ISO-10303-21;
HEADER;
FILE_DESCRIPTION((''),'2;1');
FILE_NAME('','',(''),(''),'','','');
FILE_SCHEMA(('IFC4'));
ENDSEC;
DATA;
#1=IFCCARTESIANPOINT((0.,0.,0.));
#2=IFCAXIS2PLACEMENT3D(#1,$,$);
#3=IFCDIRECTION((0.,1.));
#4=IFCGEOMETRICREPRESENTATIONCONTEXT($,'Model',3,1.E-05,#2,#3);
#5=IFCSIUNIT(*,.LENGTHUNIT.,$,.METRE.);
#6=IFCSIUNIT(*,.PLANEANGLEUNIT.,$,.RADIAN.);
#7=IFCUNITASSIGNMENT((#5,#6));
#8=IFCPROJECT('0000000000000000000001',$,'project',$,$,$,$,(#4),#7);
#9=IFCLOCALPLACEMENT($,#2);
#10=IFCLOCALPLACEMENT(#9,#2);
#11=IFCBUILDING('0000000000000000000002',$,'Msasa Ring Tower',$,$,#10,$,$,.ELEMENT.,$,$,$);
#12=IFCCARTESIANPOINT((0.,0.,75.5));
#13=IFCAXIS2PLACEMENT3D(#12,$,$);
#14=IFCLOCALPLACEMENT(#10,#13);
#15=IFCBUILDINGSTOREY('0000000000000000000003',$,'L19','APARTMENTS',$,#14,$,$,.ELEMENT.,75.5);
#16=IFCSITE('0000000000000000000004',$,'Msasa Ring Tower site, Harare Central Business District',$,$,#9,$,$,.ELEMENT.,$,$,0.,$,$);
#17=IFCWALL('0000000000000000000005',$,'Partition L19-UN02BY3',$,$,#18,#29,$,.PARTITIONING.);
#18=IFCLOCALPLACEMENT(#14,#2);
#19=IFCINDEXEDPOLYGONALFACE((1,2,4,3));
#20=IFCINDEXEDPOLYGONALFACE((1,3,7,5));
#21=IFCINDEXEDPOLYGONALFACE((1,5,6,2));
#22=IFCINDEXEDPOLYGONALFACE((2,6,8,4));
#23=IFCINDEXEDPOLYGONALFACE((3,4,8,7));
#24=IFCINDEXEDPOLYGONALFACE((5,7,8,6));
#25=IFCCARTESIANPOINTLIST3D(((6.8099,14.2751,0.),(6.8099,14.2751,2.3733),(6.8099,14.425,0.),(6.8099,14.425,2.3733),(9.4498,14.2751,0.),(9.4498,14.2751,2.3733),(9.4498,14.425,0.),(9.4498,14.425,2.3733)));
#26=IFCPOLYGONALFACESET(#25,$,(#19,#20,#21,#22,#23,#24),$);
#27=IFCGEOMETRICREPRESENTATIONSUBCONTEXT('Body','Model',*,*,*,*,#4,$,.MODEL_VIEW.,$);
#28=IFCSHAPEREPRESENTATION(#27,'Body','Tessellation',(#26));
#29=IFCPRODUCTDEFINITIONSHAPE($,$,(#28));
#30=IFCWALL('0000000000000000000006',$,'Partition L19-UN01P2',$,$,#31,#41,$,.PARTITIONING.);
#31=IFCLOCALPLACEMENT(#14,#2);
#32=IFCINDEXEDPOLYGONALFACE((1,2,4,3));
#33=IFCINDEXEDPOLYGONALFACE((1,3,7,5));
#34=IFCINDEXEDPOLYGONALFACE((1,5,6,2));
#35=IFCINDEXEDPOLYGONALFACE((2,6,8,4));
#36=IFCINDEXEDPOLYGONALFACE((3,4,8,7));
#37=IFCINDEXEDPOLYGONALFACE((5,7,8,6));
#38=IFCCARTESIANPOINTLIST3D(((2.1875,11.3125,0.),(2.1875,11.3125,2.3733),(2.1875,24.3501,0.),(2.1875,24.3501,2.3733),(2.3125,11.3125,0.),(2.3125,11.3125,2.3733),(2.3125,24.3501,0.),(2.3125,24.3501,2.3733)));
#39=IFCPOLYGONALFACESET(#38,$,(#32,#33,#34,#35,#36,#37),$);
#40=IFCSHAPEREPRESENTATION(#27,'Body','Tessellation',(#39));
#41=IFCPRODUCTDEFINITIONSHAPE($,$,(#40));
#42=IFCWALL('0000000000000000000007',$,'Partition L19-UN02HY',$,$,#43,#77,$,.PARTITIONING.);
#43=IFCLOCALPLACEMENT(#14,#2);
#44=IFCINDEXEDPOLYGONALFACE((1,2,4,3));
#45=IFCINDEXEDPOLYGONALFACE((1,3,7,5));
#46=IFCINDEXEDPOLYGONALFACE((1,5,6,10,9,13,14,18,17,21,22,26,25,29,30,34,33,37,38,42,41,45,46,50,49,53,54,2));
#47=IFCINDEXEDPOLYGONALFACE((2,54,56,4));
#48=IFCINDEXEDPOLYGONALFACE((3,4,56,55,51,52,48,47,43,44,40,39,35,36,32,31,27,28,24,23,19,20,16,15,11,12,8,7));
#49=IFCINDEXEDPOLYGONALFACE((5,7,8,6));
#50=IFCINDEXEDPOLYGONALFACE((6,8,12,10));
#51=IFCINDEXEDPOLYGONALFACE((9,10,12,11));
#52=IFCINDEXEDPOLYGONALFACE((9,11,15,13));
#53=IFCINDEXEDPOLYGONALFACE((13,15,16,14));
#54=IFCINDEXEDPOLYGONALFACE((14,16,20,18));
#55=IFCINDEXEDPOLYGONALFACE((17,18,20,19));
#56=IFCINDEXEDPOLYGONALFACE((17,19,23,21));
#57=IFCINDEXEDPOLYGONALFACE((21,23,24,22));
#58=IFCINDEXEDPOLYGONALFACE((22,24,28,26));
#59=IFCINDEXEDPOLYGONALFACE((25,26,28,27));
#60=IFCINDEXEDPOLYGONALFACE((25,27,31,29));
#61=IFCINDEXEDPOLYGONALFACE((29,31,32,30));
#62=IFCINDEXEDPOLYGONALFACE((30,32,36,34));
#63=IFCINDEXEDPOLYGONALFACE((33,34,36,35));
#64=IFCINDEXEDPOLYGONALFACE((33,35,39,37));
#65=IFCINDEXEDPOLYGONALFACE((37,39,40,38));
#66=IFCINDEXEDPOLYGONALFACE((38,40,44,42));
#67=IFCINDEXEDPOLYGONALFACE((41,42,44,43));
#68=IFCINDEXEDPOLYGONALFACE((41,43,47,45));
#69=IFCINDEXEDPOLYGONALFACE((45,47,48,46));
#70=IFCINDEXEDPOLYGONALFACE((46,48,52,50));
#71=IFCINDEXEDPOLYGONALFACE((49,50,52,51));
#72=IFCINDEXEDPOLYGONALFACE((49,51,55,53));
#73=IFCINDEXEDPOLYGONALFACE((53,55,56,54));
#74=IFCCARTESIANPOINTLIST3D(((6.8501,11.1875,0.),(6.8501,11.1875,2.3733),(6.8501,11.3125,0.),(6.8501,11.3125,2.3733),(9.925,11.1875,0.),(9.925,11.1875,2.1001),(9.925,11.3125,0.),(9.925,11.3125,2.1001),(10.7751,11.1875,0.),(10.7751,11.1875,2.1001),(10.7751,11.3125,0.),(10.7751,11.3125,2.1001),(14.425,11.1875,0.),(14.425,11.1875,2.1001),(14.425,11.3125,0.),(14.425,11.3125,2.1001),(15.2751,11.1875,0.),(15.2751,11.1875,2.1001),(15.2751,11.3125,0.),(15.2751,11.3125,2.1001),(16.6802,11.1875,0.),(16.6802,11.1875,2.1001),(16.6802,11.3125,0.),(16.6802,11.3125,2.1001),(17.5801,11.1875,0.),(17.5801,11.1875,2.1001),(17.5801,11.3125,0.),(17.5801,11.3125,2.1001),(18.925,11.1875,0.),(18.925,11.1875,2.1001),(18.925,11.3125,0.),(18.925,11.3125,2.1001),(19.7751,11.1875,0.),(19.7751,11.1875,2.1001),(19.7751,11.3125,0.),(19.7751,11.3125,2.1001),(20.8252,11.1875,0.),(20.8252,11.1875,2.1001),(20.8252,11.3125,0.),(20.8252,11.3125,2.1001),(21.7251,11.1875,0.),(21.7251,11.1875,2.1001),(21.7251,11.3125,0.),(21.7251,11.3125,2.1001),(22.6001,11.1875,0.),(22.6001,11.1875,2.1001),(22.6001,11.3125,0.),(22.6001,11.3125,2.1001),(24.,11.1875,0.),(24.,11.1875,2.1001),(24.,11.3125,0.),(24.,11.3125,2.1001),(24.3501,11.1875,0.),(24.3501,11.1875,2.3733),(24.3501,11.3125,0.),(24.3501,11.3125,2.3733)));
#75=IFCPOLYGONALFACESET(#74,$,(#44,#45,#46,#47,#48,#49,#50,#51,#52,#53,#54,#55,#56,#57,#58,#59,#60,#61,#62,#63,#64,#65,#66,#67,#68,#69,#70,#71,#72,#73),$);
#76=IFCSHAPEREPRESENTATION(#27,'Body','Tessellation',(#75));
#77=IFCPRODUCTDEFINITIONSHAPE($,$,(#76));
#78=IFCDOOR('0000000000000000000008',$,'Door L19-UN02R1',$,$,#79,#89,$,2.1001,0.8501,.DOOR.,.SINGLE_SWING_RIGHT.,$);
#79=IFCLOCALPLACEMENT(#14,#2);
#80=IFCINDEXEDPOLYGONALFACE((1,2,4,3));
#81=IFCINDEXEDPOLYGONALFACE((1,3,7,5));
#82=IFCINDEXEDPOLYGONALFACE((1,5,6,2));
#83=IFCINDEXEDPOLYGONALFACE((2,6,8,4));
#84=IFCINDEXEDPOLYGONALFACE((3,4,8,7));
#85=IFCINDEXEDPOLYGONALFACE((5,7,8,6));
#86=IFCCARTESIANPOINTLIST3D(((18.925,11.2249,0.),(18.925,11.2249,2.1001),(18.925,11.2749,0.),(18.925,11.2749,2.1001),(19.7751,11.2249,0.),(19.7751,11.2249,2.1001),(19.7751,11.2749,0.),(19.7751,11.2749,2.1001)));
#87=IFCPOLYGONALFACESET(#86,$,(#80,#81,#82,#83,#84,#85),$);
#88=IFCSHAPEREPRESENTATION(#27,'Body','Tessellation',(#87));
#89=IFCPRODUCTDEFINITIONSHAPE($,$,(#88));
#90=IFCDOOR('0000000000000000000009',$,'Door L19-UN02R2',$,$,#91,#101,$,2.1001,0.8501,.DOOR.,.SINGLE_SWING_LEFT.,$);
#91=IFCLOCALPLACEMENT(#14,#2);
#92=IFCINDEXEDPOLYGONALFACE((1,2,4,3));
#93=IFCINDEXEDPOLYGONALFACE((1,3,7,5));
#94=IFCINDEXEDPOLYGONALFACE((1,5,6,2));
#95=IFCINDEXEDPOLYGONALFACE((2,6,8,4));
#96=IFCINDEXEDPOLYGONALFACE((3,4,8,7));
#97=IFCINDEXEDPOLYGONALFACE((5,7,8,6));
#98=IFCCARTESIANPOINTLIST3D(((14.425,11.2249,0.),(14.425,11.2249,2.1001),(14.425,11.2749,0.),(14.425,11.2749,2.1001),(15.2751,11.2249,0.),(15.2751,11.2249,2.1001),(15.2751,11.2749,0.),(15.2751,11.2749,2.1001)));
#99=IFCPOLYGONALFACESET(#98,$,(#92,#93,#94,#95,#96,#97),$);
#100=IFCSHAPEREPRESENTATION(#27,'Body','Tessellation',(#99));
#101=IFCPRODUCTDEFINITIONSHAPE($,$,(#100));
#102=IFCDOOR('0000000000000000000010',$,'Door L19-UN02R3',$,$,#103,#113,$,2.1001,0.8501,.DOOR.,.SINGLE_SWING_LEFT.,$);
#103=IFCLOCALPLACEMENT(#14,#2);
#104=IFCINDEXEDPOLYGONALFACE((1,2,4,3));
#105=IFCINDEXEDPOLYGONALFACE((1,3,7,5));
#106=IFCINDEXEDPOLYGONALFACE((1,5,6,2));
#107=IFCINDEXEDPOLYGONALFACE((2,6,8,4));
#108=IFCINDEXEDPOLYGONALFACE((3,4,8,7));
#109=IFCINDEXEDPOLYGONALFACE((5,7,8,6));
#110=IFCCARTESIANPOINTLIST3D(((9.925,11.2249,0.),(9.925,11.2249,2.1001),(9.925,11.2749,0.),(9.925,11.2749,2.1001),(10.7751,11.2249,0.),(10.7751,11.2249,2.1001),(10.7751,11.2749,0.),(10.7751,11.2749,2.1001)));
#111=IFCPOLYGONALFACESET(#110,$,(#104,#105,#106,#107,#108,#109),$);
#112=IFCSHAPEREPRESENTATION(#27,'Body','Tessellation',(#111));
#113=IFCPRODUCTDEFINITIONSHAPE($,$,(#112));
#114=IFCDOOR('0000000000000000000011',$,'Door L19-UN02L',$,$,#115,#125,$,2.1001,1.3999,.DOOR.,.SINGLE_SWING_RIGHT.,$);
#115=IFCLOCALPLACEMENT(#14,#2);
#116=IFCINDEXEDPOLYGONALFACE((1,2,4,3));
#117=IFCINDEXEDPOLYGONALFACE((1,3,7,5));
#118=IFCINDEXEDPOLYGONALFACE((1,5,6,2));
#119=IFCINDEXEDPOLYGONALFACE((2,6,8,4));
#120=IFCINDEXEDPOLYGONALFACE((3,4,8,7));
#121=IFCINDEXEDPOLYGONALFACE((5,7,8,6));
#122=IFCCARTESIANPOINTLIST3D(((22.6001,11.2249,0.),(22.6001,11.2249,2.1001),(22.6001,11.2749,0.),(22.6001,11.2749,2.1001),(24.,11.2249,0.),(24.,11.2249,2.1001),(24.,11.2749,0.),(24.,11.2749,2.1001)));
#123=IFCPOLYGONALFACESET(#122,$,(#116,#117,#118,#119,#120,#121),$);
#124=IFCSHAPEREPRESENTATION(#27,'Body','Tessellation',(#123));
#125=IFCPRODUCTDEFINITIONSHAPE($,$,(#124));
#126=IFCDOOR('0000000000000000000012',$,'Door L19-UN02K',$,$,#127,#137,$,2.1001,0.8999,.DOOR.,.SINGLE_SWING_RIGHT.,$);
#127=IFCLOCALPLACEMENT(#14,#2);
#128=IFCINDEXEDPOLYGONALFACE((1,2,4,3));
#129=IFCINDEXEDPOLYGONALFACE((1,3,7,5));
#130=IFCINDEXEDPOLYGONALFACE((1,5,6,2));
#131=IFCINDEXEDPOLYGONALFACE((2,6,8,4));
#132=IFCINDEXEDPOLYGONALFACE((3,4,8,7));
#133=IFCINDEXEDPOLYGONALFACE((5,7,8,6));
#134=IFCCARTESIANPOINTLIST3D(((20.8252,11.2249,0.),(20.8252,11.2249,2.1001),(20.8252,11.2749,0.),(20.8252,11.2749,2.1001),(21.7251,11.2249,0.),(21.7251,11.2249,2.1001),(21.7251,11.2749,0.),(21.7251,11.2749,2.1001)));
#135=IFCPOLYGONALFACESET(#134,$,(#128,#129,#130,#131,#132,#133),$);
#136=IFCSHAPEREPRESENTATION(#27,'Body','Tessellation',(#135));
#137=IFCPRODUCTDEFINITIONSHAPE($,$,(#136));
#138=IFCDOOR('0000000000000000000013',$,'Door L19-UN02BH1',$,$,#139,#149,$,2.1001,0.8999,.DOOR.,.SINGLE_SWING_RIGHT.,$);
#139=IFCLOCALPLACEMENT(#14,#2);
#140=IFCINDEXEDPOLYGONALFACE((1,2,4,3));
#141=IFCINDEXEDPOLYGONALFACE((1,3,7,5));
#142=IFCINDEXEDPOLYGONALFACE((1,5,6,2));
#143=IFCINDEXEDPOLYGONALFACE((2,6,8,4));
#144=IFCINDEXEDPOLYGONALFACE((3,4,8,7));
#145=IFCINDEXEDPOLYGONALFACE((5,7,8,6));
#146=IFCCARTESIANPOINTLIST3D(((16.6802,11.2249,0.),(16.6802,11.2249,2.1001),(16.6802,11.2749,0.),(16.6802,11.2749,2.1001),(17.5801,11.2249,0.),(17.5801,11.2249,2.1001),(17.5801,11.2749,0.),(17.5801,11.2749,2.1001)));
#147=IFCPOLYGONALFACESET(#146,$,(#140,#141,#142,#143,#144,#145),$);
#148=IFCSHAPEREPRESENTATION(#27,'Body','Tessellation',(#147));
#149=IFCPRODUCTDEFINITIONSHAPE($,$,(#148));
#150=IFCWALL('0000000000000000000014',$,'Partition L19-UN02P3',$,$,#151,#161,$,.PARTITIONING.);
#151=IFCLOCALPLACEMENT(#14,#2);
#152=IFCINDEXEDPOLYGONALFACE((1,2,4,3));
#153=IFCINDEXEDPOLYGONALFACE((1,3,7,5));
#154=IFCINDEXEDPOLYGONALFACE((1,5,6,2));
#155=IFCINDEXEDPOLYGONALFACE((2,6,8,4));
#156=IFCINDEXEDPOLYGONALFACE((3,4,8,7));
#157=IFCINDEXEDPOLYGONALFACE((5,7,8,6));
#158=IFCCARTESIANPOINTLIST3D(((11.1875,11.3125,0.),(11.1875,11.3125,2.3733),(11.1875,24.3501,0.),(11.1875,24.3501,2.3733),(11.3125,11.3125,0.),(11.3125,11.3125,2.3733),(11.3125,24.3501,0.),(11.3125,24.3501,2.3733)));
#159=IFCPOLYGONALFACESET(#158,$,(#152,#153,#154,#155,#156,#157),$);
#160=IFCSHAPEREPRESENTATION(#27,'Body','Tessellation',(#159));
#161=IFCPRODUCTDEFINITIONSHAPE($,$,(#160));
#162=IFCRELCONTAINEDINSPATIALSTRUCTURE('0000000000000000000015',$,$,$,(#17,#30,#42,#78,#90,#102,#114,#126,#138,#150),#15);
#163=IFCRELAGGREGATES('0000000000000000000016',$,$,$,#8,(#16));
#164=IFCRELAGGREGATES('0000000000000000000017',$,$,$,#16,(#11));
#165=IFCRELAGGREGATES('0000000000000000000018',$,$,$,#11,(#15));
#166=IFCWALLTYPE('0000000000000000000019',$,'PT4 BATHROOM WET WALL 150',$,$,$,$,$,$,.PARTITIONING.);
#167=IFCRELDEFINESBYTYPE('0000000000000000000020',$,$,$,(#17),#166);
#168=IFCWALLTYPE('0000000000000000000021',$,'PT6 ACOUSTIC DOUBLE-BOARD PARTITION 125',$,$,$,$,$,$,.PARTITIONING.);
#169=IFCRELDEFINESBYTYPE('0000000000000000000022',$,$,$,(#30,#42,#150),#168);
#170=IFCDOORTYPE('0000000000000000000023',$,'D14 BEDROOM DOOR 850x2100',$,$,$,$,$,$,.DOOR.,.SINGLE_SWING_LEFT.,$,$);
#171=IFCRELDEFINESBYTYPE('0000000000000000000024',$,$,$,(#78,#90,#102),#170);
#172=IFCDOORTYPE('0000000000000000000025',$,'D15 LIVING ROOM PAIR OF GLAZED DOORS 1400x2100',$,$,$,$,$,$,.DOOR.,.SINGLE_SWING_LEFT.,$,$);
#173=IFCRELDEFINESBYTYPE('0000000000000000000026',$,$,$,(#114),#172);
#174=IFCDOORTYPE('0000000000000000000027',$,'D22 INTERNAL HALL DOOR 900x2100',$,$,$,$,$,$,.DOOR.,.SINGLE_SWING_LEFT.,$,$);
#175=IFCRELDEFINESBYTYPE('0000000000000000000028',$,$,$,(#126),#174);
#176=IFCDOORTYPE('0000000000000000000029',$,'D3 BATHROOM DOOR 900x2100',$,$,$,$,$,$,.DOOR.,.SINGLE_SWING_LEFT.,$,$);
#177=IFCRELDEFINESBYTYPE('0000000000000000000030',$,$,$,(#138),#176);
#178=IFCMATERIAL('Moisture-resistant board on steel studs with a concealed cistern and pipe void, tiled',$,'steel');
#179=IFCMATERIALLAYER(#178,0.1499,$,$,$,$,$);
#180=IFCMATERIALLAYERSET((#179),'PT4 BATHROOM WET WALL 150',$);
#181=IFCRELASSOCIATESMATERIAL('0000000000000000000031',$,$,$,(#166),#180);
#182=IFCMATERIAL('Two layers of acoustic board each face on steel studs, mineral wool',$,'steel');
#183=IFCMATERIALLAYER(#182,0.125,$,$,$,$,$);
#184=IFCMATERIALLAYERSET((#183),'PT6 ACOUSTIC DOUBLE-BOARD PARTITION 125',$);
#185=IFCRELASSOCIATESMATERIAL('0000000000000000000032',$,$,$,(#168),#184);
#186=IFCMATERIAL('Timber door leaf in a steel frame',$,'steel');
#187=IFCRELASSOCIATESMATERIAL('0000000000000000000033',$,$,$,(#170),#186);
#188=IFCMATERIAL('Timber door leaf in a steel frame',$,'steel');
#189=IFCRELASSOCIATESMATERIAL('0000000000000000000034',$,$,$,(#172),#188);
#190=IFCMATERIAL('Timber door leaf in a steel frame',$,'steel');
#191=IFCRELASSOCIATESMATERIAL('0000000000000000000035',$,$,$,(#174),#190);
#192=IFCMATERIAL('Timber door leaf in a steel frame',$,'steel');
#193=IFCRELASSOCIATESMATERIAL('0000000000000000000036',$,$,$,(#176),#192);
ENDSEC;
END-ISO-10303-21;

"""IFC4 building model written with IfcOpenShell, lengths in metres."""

from ifc_helpers import new_model, si_unit, direction, frame, frame_2d, origin, place, context, subcontext, project, spatial, rectangle, extrude, material, layer, layer_set, type_object, element, fill, save


model = new_model("IFC4")

# Units and contexts
model_context = context("Model", 3, precision=1e-05, world=origin(), true_north=direction((0.0, 1.0)))
body_context = subcontext(model_context, "Body", "Model", "MODEL_VIEW")
ifc_project = project(units=[si_unit("LENGTHUNIT", "METRE"), si_unit("PLANEANGLEUNIT", "RADIAN")], contexts=[model_context])

# Site, building, storey
site_placement = place(None, origin())
site = spatial("IfcSite", under=ifc_project, at=site_placement, Name="Msasa Ring Tower site, Harare Central Business District", CompositionType="ELEMENT", RefElevation=0.0)
building_placement = place(site_placement, origin())
building = spatial("IfcBuilding", under=site, at=building_placement, Name="Msasa Ring Tower", CompositionType="ELEMENT")
storey_placement = place(building_placement, frame((0.0, 0.0, 75.5)))
storey = spatial("IfcBuildingStorey", under=building, at=storey_placement, Name="L19", Description="APARTMENTS", CompositionType="ELEMENT", Elevation=75.5)

# Shared definitions
ifc_material_1 = material(Name="Moisture-resistant board on steel studs with a concealed cistern and pipe void, tiled", Category="steel")
ifc_layer_1 = layer(ifc_material_1, 0.1499)
ifc_layer_set_1 = layer_set([ifc_layer_1], Name="PT4 BATHROOM WET WALL 150")
wall_type_1 = type_object("IfcWallType", Name="PT4 BATHROOM WET WALL 150", PredefinedType="PARTITIONING", material=ifc_layer_set_1)

# Walls
wall_1_placement = place(storey_placement, frame((6.8101, 14.3501, 0.0), z_axis=(0.0, 0.0, 1.0), x_axis=(1.0, 0.0, 0.0)))
element("IfcWall", 1, at=wall_1_placement, inside=storey, type_object=wall_type_1, Name="Partition L19-UN02BY3", PredefinedType="PARTITIONING", context=body_context, shape_type="SweptSolid", body=[
    extrude(rectangle(XDim=2.6399, YDim=0.1499, at=frame_2d((1.3198, 0.0))), origin(), (0.0, 0.0, 1.0), 2.3733),
])
ifc_material_2 = material(Name="Two layers of acoustic board each face on steel studs, mineral wool", Category="steel")
ifc_layer_2 = layer(ifc_material_2, 0.125)
ifc_layer_set_2 = layer_set([ifc_layer_2], Name="PT6 ACOUSTIC DOUBLE-BOARD PARTITION 125")
wall_type_2 = type_object("IfcWallType", Name="PT6 ACOUSTIC DOUBLE-BOARD PARTITION 125", PredefinedType="PARTITIONING", material=ifc_layer_set_2)
wall_2_placement = place(storey_placement, frame((2.25, 11.3125, 0.0), z_axis=(0.0, 0.0, 1.0), x_axis=(0.0, 1.0, 0.0)))
element("IfcWall", 2, at=wall_2_placement, inside=storey, type_object=wall_type_2, Name="Partition L19-UN01P2", PredefinedType="PARTITIONING", context=body_context, shape_type="SweptSolid", body=[
    extrude(rectangle(XDim=13.0376, YDim=0.125, at=frame_2d((6.5188, 0.0))), origin(), (0.0, 0.0, 1.0), 2.3733),
])

# Wall, openings, doors
wall_3_placement = place(storey_placement, frame((6.8501, 11.25, 0.0), z_axis=(0.0, 0.0, 1.0), x_axis=(1.0, 0.0, 0.0)))
wall_3 = element("IfcWall", 3, at=wall_3_placement, inside=storey, type_object=wall_type_2, Name="Partition L19-UN02HY", PredefinedType="PARTITIONING", context=body_context, shape_type="SweptSolid", body=[
    extrude(rectangle(XDim=17.5, YDim=0.125, at=frame_2d((8.75, 0.0))), origin(), (0.0, 0.0, 1.0), 2.3733),
])
opening_1_placement = place(wall_3_placement, frame((13.9751, 0.0, 0.0)))
opening_1 = element("IfcOpeningElement", 4, at=opening_1_placement, cuts=wall_3, PredefinedType="OPENING", context=body_context, shape_type="SweptSolid", body=[
    extrude(rectangle(XDim=0.8999, YDim=2.1001, at=frame_2d((0.45, 1.05))), frame((0.0, 0.0725, 0.0), z_axis=(0.0, -1.0, 0.0), x_axis=(1.0, 0.0, 0.0)), (0.0, 0.0, 1.0), 0.145),
])
opening_2_placement = place(wall_3_placement, frame((15.75, 0.0, 0.0)))
opening_2 = element("IfcOpeningElement", 5, at=opening_2_placement, cuts=wall_3, PredefinedType="OPENING", context=body_context, shape_type="SweptSolid", body=[
    extrude(rectangle(XDim=1.3999, YDim=2.1001, at=frame_2d((0.7, 1.05))), frame((0.0, 0.0725, 0.0), z_axis=(0.0, -1.0, 0.0), x_axis=(1.0, 0.0, 0.0)), (0.0, 0.0, 1.0), 0.145),
])
opening_3_placement = place(wall_3_placement, frame((12.075, 0.0, 0.0)))
opening_3 = element("IfcOpeningElement", 6, at=opening_3_placement, cuts=wall_3, PredefinedType="OPENING", context=body_context, shape_type="SweptSolid", body=[
    extrude(rectangle(XDim=0.8501, YDim=2.1001, at=frame_2d((0.425, 1.05))), frame((0.0, 0.0725, 0.0), z_axis=(0.0, -1.0, 0.0), x_axis=(1.0, 0.0, 0.0)), (0.0, 0.0, 1.0), 0.145),
])
opening_4_placement = place(wall_3_placement, frame((9.8301, 0.0, 0.0)))
opening_4 = element("IfcOpeningElement", 7, at=opening_4_placement, cuts=wall_3, PredefinedType="OPENING", context=body_context, shape_type="SweptSolid", body=[
    extrude(rectangle(XDim=0.8999, YDim=2.1001, at=frame_2d((0.45, 1.05))), frame((0.0, 0.0725, 0.0), z_axis=(0.0, -1.0, 0.0), x_axis=(1.0, 0.0, 0.0)), (0.0, 0.0, 1.0), 0.145),
])
opening_5_placement = place(wall_3_placement, frame((7.575, 0.0, 0.0)))
opening_5 = element("IfcOpeningElement", 8, at=opening_5_placement, cuts=wall_3, PredefinedType="OPENING", context=body_context, shape_type="SweptSolid", body=[
    extrude(rectangle(XDim=0.8501, YDim=2.1001, at=frame_2d((0.425, 1.05))), frame((0.0, 0.0725, 0.0), z_axis=(0.0, -1.0, 0.0), x_axis=(1.0, 0.0, 0.0)), (0.0, 0.0, 1.0), 0.145),
])
opening_6_placement = place(wall_3_placement, frame((3.075, 0.0, 0.0)))
opening_6 = element("IfcOpeningElement", 9, at=opening_6_placement, cuts=wall_3, PredefinedType="OPENING", context=body_context, shape_type="SweptSolid", body=[
    extrude(rectangle(XDim=0.8501, YDim=2.1001, at=frame_2d((0.425, 1.05))), frame((0.0, 0.0725, 0.0), z_axis=(0.0, -1.0, 0.0), x_axis=(1.0, 0.0, 0.0)), (0.0, 0.0, 1.0), 0.145),
])
ifc_material_3 = material(Name="Timber door leaf in a steel frame", Category="steel")
door_type_1 = type_object("IfcDoorType", Name="D14 BEDROOM DOOR 850x2100", OperationType="SINGLE_SWING_LEFT", PredefinedType="DOOR", material=ifc_material_3)
door_1_placement = place(opening_3_placement, origin())
door_1 = element("IfcDoor", 10, at=door_1_placement, inside=storey, type_object=door_type_1, Name="Door L19-UN02R1", OperationType="SINGLE_SWING_RIGHT", OverallHeight=2.1001, OverallWidth=0.8501, PredefinedType="DOOR", context=body_context, shape_type="SweptSolid", body=[
    extrude(rectangle(XDim=0.8501, YDim=2.1001, at=frame_2d((0.425, 1.05))), frame((0.0, 0.0249, 0.0), z_axis=(0.0, -1.0, 0.0), x_axis=(1.0, 0.0, 0.0)), (0.0, 0.0, 1.0), 0.05),
])
fill(opening_3, door_1)
door_2_placement = place(opening_5_placement, origin())
door_2 = element("IfcDoor", 11, at=door_2_placement, inside=storey, type_object=door_type_1, Name="Door L19-UN02R2", OperationType="SINGLE_SWING_LEFT", OverallHeight=2.1001, OverallWidth=0.8501, PredefinedType="DOOR", context=body_context, shape_type="SweptSolid", body=[
    extrude(rectangle(XDim=0.8501, YDim=2.1001, at=frame_2d((0.425, 1.05))), frame((0.0, 0.0249, 0.0), z_axis=(0.0, -1.0, 0.0), x_axis=(1.0, 0.0, 0.0)), (0.0, 0.0, 1.0), 0.05),
])
fill(opening_5, door_2)
door_3_placement = place(opening_6_placement, origin())
door_3 = element("IfcDoor", 12, at=door_3_placement, inside=storey, type_object=door_type_1, Name="Door L19-UN02R3", OperationType="SINGLE_SWING_LEFT", OverallHeight=2.1001, OverallWidth=0.8501, PredefinedType="DOOR", context=body_context, shape_type="SweptSolid", body=[
    extrude(rectangle(XDim=0.8501, YDim=2.1001, at=frame_2d((0.425, 1.05))), frame((0.0, 0.0249, 0.0), z_axis=(0.0, -1.0, 0.0), x_axis=(1.0, 0.0, 0.0)), (0.0, 0.0, 1.0), 0.05),
])
fill(opening_6, door_3)
ifc_material_4 = material(Name="Timber door leaf in a steel frame", Category="steel")
door_type_2 = type_object("IfcDoorType", Name="D15 LIVING ROOM PAIR OF GLAZED DOORS 1400x2100", OperationType="SINGLE_SWING_LEFT", PredefinedType="DOOR", material=ifc_material_4)
door_4_placement = place(opening_2_placement, origin())
door_4 = element("IfcDoor", 13, at=door_4_placement, inside=storey, type_object=door_type_2, Name="Door L19-UN02L", OperationType="SINGLE_SWING_RIGHT", OverallHeight=2.1001, OverallWidth=1.3999, PredefinedType="DOOR", context=body_context, shape_type="SweptSolid", body=[
    extrude(rectangle(XDim=1.3999, YDim=2.1001, at=frame_2d((0.7, 1.05))), frame((0.0, 0.0249, 0.0), z_axis=(0.0, -1.0, 0.0), x_axis=(1.0, 0.0, 0.0)), (0.0, 0.0, 1.0), 0.05),
])
fill(opening_2, door_4)
ifc_material_5 = material(Name="Timber door leaf in a steel frame", Category="steel")
door_type_3 = type_object("IfcDoorType", Name="D22 INTERNAL HALL DOOR 900x2100", OperationType="SINGLE_SWING_LEFT", PredefinedType="DOOR", material=ifc_material_5)
door_5_placement = place(opening_1_placement, origin())
door_5 = element("IfcDoor", 14, at=door_5_placement, inside=storey, type_object=door_type_3, Name="Door L19-UN02K", OperationType="SINGLE_SWING_RIGHT", OverallHeight=2.1001, OverallWidth=0.8999, PredefinedType="DOOR", context=body_context, shape_type="SweptSolid", body=[
    extrude(rectangle(XDim=0.8999, YDim=2.1001, at=frame_2d((0.45, 1.05))), frame((0.0, 0.0249, 0.0), z_axis=(0.0, -1.0, 0.0), x_axis=(1.0, 0.0, 0.0)), (0.0, 0.0, 1.0), 0.05),
])
fill(opening_1, door_5)
ifc_material_6 = material(Name="Timber door leaf in a steel frame", Category="steel")
door_type_4 = type_object("IfcDoorType", Name="D3 BATHROOM DOOR 900x2100", OperationType="SINGLE_SWING_LEFT", PredefinedType="DOOR", material=ifc_material_6)
door_6_placement = place(opening_4_placement, origin())
door_6 = element("IfcDoor", 15, at=door_6_placement, inside=storey, type_object=door_type_4, Name="Door L19-UN02BH1", OperationType="SINGLE_SWING_RIGHT", OverallHeight=2.1001, OverallWidth=0.8999, PredefinedType="DOOR", context=body_context, shape_type="SweptSolid", body=[
    extrude(rectangle(XDim=0.8999, YDim=2.1001, at=frame_2d((0.45, 1.05))), frame((0.0, 0.0249, 0.0), z_axis=(0.0, -1.0, 0.0), x_axis=(1.0, 0.0, 0.0)), (0.0, 0.0, 1.0), 0.05),
])
fill(opening_4, door_6)

# Wall
wall_4_placement = place(storey_placement, frame((11.25, 11.3125, 0.0), z_axis=(0.0, 0.0, 1.0), x_axis=(0.0, 1.0, 0.0)))
element("IfcWall", 16, at=wall_4_placement, inside=storey, type_object=wall_type_2, Name="Partition L19-UN02P3", PredefinedType="PARTITIONING", context=body_context, shape_type="SweptSolid", body=[
    extrude(rectangle(XDim=13.0376, YDim=0.125, at=frame_2d((6.5188, 0.0))), origin(), (0.0, 0.0, 1.0), 2.3733),
])

save(model, "model.ifc")
